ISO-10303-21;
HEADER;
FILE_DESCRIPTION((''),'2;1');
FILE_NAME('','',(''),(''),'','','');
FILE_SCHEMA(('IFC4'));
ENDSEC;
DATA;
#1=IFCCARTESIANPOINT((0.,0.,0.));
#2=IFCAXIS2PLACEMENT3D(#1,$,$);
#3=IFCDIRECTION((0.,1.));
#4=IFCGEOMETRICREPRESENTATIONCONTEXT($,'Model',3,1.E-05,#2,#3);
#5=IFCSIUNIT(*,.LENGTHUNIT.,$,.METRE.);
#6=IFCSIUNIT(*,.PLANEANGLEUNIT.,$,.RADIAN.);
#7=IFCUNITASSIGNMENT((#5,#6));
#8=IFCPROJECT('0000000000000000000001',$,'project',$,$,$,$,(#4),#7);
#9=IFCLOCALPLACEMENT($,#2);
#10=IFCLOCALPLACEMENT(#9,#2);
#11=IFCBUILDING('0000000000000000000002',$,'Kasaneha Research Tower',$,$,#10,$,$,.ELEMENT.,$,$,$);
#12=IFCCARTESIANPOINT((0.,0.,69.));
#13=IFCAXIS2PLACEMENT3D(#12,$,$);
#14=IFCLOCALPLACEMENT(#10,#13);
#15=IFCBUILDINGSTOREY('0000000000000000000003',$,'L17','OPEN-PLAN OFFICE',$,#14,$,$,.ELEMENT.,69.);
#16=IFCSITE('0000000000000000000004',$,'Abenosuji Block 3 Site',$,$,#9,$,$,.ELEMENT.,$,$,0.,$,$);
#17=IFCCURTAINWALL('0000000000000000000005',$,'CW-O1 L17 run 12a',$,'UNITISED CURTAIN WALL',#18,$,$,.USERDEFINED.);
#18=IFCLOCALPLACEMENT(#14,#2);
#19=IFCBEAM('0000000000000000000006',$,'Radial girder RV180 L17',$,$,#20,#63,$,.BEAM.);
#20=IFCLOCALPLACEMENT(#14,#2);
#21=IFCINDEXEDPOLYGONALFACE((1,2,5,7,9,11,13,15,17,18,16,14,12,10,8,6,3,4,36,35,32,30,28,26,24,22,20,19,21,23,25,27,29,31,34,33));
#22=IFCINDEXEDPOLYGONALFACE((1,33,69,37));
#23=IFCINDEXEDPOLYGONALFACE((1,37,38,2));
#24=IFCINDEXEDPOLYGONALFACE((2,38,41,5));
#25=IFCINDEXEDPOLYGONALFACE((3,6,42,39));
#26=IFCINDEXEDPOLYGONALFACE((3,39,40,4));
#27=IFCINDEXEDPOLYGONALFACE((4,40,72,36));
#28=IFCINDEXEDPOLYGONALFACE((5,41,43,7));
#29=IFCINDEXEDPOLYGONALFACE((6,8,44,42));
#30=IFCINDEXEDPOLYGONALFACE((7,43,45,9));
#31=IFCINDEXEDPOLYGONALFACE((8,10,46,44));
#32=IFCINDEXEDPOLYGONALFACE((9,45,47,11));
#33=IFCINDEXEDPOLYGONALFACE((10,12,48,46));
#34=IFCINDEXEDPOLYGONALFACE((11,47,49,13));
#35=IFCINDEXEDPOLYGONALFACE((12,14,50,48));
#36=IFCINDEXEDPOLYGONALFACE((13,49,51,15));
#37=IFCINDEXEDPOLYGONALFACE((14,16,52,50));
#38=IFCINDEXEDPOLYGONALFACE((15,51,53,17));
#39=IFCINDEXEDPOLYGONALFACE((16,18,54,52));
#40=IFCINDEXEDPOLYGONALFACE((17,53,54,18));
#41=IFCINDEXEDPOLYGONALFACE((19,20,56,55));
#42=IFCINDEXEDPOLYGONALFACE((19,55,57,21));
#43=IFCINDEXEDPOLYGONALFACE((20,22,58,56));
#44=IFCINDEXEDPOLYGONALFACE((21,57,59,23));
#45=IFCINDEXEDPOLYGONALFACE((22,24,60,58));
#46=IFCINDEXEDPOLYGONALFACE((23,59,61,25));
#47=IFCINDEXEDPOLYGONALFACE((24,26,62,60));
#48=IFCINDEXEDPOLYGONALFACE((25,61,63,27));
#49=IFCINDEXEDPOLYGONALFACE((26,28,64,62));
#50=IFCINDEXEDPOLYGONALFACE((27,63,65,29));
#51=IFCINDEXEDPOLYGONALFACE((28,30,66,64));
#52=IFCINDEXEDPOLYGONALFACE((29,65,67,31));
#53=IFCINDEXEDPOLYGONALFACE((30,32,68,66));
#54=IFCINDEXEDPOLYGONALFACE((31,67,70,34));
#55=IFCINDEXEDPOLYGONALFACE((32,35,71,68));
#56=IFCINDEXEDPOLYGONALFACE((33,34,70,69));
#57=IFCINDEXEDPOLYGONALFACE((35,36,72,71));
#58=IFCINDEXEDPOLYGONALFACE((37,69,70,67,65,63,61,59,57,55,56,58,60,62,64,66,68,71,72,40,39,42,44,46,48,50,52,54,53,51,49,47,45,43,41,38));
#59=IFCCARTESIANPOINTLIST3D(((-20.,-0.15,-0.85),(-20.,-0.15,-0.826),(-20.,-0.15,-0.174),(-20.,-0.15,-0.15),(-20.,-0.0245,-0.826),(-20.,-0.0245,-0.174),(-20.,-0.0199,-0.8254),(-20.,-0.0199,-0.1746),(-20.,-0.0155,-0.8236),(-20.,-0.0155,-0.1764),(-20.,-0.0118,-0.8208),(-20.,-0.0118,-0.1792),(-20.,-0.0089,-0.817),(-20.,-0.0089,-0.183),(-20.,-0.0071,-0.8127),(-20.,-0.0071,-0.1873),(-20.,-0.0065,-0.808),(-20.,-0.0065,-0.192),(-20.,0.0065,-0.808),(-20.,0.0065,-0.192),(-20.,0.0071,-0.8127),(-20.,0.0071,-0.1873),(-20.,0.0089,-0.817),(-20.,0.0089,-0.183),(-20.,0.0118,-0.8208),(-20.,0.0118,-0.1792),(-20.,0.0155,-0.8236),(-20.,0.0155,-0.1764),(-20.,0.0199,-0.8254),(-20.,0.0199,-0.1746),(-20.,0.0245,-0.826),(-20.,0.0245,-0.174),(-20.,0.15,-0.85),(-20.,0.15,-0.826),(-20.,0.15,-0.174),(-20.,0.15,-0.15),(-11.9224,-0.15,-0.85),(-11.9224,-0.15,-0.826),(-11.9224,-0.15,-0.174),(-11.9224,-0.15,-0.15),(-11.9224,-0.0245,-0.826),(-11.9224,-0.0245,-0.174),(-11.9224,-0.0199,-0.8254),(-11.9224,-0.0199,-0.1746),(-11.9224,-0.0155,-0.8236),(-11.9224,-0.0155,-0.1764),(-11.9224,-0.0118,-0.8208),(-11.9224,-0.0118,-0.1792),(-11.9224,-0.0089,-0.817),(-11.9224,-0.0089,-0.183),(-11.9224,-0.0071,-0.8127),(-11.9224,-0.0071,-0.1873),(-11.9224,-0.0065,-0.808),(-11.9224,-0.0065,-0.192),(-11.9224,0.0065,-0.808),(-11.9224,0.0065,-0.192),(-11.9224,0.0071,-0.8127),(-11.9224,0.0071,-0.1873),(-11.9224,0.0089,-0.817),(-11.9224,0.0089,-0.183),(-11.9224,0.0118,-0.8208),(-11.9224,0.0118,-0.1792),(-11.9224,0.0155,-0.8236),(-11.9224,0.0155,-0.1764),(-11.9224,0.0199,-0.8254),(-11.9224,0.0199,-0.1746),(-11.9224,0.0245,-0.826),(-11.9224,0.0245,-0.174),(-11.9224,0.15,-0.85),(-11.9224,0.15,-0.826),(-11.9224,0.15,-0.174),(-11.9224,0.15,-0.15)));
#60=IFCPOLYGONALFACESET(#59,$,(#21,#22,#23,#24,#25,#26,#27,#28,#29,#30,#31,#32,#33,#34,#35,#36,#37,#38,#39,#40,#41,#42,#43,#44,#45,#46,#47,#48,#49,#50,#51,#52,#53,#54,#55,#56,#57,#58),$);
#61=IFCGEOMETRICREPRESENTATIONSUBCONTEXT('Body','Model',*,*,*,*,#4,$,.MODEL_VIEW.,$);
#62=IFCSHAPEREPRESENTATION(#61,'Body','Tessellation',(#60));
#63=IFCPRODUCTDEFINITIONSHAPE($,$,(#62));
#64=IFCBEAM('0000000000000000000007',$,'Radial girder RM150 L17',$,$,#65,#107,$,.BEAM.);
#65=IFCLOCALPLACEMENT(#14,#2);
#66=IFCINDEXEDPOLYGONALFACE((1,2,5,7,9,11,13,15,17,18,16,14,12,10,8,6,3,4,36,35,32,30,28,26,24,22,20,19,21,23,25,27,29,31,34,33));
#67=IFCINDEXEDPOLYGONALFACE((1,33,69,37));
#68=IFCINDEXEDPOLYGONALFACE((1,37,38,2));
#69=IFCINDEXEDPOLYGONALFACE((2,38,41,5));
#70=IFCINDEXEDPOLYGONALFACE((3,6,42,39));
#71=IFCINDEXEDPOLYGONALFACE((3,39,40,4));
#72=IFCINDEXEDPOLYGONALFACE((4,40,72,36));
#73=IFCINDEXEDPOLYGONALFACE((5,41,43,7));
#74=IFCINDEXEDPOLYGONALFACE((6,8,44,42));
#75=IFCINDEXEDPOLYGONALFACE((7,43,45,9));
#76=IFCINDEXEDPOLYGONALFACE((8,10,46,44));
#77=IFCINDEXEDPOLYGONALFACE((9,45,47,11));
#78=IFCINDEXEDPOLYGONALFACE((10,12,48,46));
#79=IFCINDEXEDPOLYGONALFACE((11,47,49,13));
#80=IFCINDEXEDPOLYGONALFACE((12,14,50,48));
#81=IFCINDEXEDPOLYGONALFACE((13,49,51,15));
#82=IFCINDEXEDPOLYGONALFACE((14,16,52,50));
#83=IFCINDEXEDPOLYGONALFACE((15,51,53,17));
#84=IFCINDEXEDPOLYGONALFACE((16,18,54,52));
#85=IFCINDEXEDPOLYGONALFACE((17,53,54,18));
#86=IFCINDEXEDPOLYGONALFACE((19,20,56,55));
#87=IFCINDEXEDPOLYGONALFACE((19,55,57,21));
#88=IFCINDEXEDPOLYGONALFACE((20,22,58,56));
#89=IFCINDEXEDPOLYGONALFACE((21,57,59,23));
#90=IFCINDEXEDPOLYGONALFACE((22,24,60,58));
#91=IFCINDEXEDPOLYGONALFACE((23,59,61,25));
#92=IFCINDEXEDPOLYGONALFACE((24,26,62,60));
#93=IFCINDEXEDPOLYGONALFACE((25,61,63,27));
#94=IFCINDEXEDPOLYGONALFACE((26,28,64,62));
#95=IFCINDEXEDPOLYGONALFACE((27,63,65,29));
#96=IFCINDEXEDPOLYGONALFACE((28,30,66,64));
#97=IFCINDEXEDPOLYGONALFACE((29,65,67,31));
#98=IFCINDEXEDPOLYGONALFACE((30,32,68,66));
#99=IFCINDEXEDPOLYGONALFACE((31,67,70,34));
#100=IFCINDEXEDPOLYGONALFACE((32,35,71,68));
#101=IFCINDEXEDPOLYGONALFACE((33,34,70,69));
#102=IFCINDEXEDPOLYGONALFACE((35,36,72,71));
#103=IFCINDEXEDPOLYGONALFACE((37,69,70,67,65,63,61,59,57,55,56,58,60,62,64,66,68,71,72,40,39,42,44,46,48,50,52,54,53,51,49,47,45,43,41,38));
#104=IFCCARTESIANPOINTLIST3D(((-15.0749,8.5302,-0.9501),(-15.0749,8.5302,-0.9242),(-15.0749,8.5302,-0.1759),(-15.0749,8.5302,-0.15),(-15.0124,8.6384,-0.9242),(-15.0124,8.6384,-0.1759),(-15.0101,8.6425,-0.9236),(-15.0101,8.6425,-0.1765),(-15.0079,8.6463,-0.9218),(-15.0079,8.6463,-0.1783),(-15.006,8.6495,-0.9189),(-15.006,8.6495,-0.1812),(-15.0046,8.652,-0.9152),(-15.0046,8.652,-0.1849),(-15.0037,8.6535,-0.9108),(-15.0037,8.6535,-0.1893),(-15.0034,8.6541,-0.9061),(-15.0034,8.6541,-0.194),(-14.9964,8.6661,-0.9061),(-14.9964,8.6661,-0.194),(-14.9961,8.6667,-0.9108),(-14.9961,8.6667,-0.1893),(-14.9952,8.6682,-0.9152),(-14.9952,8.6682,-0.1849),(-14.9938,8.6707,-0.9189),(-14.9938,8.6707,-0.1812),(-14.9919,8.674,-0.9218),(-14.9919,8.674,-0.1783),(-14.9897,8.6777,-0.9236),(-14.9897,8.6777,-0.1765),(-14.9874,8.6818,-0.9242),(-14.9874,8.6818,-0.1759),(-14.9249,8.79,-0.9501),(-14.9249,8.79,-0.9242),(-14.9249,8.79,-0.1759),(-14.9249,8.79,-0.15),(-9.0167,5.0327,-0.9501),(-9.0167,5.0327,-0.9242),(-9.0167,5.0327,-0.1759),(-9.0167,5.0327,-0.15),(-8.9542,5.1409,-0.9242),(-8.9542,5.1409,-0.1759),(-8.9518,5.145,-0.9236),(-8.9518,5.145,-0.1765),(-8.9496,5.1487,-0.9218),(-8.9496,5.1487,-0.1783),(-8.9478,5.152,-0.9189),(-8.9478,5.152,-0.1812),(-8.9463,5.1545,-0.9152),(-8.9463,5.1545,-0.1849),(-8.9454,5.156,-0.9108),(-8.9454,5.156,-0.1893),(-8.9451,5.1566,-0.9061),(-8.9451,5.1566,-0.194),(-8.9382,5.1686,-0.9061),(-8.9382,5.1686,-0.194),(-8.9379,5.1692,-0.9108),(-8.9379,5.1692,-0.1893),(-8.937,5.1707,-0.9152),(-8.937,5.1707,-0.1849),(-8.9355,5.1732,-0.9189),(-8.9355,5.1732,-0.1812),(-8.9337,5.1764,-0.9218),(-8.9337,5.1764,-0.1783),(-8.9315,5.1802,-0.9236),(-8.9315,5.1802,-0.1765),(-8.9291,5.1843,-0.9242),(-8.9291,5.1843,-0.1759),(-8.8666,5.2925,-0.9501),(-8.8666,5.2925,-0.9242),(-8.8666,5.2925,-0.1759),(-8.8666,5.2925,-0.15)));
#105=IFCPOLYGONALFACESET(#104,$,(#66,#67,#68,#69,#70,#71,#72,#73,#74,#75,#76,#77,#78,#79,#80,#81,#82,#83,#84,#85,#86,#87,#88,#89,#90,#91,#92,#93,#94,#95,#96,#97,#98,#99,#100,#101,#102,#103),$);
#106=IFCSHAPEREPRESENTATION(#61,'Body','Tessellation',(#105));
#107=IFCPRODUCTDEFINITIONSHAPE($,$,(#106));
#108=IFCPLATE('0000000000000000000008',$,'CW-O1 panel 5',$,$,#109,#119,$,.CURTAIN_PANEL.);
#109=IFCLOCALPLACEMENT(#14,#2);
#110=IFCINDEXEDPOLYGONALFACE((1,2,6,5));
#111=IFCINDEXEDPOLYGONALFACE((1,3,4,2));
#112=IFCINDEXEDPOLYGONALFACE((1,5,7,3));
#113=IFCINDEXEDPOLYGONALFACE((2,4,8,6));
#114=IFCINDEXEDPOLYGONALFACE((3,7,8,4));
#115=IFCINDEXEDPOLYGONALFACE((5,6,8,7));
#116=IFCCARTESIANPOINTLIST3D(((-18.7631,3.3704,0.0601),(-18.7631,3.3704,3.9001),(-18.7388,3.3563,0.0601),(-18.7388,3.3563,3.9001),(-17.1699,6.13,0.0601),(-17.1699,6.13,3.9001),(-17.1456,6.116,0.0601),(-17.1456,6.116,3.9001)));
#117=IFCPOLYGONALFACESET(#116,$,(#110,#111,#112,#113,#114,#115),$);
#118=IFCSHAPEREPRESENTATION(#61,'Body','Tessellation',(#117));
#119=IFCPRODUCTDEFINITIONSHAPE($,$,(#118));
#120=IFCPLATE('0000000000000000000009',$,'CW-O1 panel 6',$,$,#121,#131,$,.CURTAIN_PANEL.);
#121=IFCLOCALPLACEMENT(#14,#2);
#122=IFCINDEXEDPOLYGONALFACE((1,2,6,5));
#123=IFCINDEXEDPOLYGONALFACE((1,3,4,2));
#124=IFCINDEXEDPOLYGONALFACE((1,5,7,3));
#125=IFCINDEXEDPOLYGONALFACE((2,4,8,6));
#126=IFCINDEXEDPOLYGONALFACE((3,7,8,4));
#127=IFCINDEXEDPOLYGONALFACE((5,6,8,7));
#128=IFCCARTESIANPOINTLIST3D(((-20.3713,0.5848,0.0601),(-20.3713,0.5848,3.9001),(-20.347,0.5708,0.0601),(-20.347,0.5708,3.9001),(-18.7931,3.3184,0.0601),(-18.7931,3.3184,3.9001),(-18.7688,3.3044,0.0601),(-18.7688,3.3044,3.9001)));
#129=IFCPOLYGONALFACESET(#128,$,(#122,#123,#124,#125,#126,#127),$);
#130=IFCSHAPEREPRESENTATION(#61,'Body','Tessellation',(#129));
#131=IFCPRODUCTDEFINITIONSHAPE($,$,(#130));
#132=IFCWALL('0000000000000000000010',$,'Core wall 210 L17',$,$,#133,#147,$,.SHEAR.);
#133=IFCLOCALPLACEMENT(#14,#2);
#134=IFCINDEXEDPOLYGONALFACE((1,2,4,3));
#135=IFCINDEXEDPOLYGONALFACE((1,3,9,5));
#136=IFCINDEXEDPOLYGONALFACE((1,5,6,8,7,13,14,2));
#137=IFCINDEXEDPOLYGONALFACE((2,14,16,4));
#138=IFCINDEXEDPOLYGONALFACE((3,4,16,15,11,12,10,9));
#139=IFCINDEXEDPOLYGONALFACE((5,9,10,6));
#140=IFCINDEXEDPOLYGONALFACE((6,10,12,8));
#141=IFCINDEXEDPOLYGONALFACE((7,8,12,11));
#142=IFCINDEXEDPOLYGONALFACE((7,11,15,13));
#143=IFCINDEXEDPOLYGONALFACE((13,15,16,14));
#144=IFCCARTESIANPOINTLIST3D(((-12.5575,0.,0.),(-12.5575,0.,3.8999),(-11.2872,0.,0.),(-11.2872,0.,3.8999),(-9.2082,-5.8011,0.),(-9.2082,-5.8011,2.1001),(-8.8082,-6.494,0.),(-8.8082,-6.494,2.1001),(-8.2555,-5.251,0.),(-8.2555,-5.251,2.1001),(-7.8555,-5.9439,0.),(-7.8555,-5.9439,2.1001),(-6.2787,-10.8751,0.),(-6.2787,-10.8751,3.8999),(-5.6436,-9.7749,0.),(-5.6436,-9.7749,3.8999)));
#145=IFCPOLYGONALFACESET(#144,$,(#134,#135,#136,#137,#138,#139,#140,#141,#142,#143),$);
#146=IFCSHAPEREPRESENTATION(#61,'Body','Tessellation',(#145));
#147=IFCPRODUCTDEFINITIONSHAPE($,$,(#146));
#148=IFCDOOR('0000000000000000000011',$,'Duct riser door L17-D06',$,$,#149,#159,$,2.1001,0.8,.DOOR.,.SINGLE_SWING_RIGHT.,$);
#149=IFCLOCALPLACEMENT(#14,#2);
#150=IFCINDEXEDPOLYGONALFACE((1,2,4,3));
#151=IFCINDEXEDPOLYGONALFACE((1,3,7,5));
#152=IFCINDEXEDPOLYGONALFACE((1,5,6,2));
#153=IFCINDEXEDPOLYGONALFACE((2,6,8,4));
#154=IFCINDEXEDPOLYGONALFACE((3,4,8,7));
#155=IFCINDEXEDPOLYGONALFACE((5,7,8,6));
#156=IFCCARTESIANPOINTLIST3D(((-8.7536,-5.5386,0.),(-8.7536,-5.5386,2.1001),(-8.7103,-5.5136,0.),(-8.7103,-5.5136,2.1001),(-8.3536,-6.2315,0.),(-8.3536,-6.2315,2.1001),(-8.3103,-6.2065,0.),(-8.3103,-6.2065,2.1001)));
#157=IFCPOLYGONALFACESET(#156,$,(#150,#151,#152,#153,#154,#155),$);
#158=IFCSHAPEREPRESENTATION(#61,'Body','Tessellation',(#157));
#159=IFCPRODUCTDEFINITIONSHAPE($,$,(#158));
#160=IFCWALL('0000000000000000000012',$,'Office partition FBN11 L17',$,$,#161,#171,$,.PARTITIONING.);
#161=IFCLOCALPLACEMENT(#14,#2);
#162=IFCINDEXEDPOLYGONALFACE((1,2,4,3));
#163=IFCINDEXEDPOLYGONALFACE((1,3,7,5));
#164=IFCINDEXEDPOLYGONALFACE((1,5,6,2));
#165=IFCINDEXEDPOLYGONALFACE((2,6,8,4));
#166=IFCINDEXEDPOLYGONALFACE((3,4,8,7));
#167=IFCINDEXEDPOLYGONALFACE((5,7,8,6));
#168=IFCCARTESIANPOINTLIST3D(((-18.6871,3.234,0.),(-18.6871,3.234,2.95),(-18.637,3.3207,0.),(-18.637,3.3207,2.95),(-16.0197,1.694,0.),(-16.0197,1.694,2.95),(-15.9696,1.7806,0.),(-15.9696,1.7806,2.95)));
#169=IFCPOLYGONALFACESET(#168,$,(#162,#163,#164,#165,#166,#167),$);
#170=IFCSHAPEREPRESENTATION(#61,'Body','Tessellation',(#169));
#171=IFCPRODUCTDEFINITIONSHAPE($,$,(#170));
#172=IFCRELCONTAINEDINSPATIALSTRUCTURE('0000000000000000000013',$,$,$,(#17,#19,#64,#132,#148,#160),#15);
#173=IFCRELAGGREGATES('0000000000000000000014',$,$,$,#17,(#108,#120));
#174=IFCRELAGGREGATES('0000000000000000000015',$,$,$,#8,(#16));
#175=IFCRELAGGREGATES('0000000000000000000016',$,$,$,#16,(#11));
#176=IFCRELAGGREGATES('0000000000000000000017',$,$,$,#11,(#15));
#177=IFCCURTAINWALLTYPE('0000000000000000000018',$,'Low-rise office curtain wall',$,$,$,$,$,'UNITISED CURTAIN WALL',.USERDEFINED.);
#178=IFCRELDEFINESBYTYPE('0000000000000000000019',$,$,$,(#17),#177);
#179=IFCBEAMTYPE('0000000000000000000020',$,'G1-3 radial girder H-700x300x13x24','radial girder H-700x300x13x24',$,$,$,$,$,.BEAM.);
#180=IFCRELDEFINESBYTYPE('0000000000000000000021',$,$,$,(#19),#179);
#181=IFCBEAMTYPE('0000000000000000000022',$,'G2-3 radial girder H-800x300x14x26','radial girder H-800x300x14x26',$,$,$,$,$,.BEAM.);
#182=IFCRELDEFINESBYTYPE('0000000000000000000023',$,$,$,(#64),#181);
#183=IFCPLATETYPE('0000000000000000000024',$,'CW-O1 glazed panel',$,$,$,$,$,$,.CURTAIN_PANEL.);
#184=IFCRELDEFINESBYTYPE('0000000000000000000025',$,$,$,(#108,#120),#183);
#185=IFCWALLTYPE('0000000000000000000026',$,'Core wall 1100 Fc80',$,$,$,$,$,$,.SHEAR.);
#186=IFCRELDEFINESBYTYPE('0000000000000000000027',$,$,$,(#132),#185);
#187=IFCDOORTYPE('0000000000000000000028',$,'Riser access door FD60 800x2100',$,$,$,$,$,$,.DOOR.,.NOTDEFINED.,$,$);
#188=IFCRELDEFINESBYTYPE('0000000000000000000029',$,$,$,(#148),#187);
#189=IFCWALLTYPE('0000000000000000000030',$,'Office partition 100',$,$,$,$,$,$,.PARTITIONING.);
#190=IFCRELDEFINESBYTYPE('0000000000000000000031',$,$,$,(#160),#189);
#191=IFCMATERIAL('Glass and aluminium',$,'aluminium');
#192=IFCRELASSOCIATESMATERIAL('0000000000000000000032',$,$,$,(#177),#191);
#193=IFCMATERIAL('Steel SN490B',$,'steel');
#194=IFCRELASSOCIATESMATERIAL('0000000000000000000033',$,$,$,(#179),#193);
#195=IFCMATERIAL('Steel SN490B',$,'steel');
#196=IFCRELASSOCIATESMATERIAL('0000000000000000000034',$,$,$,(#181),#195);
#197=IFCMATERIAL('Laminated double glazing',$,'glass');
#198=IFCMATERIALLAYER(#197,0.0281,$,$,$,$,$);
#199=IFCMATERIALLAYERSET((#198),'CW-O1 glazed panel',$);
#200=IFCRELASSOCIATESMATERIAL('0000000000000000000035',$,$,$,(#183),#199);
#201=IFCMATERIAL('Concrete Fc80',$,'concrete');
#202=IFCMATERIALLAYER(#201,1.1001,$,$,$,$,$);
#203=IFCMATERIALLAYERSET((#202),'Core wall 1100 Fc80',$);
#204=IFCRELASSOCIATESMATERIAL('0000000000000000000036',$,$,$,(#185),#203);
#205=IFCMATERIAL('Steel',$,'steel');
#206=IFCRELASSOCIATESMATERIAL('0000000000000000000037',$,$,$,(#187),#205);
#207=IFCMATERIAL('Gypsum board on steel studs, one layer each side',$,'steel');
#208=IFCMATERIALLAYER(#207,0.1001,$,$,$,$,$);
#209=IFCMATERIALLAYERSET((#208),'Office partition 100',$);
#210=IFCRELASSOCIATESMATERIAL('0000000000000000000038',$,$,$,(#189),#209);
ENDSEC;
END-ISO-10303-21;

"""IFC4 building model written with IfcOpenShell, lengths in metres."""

from ifc_helpers import new_model, si_unit, direction, frame, frame_2d, origin, origin_2d, place, context, subcontext, project, spatial, polyline, rectangle, i_section, outline, extrude, material, layer, layer_set, material_profile, profile_set, type_object, element, fill, aggregate, save


model = new_model("IFC4")

# Units and contexts
model_context = context("Model", 3, precision=1e-05, world=origin(), true_north=direction((0.0, 1.0)))
body_context = subcontext(model_context, "Body", "Model", "MODEL_VIEW")
ifc_project = project(units=[si_unit("LENGTHUNIT", "METRE"), si_unit("PLANEANGLEUNIT", "RADIAN")], contexts=[model_context])

# Site, building, storey
site_placement = place(None, origin())
site = spatial("IfcSite", under=ifc_project, at=site_placement, Name="Abenosuji Block 3 Site", CompositionType="ELEMENT", RefElevation=0.0)
building_placement = place(site_placement, origin())
building = spatial("IfcBuilding", under=site, at=building_placement, Name="Kasaneha Research Tower", CompositionType="ELEMENT")
storey_placement = place(building_placement, frame((0.0, 0.0, 69.0)))
storey = spatial("IfcBuildingStorey", under=building, at=storey_placement, Name="L17", Description="OPEN-PLAN OFFICE", CompositionType="ELEMENT", Elevation=69.0)

# Curtain wall
ifc_material_1 = material(Name="Glass and aluminium", Category="aluminium")
curtain_wall_type = type_object("IfcCurtainWallType", Name="Low-rise office curtain wall", ElementType="UNITISED CURTAIN WALL", PredefinedType="USERDEFINED", material=ifc_material_1)
curtain_wall_1_placement = place(storey_placement, origin())
curtain_wall_1 = element("IfcCurtainWall", 1, at=curtain_wall_1_placement, inside=storey, type_object=curtain_wall_type, Name="CW-O1 L17 run 12a", ObjectType="UNITISED CURTAIN WALL", PredefinedType="USERDEFINED")

# Beams
ifc_material_2 = material(Name="Steel SN490B", Category="steel")
ifc_material_profile_1 = material_profile(ifc_material_2, i_section(OverallWidth=0.3, OverallDepth=0.7, WebThickness=0.0129, FlangeThickness=0.0239, FilletRadius=0.0181, at=origin_2d()), Name="H-700x300x13x24")
ifc_profile_set_1 = profile_set([ifc_material_profile_1], Name="Steel SN490B")
beam_type_1 = type_object("IfcBeamType", Name="G1-3 radial girder H-700x300x13x24", Description="radial girder H-700x300x13x24", PredefinedType="BEAM", material=ifc_profile_set_1)
beam_1_placement = place(storey_placement, frame((-11.9224, 0.0, -0.5), z_axis=(-1.0, 0.0, 0.0), x_axis=(0.0, -1.0, 0.0)))
element("IfcBeam", 2, at=beam_1_placement, inside=storey, type_object=beam_type_1, Name="Radial girder RV180 L17", PredefinedType="BEAM", context=body_context, shape_type="SweptSolid", body=[
    extrude(i_section(OverallWidth=0.3, OverallDepth=0.7, WebThickness=0.0129, FlangeThickness=0.0239, FilletRadius=0.0181, at=origin_2d()), origin(), (0.0, 0.0, 1.0), 8.0776),
])
ifc_material_3 = material(Name="Steel SN490B", Category="steel")
ifc_material_profile_2 = material_profile(ifc_material_3, i_section(OverallWidth=0.3, OverallDepth=0.8, WebThickness=0.0139, FlangeThickness=0.0259, FilletRadius=0.0181, at=origin_2d()), Name="H-800x300x14x26")
ifc_profile_set_2 = profile_set([ifc_material_profile_2], Name="Steel SN490B")
beam_type_2 = type_object("IfcBeamType", Name="G2-3 radial girder H-800x300x14x26", Description="radial girder H-800x300x14x26", PredefinedType="BEAM", material=ifc_profile_set_2)
beam_2_placement = place(storey_placement, frame((-8.9417, 5.1626, -0.55), z_axis=(-0.86604, 0.499975, 0.0), x_axis=(-0.499975, -0.86604, 0.0)))
element("IfcBeam", 3, at=beam_2_placement, inside=storey, type_object=beam_type_2, Name="Radial girder RM150 L17", PredefinedType="BEAM", context=body_context, shape_type="SweptSolid", body=[
    extrude(i_section(OverallWidth=0.3, OverallDepth=0.8, WebThickness=0.0139, FlangeThickness=0.0259, FilletRadius=0.0181, at=origin_2d()), origin(), (0.0, 0.0, 1.0), 6.9954),
])

# Plates
ifc_material_4 = material(Name="Laminated double glazing", Category="glass")
ifc_layer_1 = layer(ifc_material_4, 0.0281)
ifc_layer_set_1 = layer_set([ifc_layer_1], Name="CW-O1 glazed panel")
plate_type = type_object("IfcPlateType", Name="CW-O1 glazed panel", PredefinedType="CURTAIN_PANEL", material=ifc_layer_set_1)
plate_1_placement = place(storey_placement, frame((-17.9543, 4.7432, 0.0601), z_axis=(0.0, 0.0, 1.0), x_axis=(-0.5, -0.866025, 0.0)))
plate_1 = element("IfcPlate", 4, at=plate_1_placement, type_object=plate_type, Name="CW-O1 panel 5", PredefinedType="CURTAIN_PANEL", context=body_context, shape_type="SweptSolid", body=[
    extrude(rectangle(XDim=3.1865, YDim=0.0281, at=origin_2d()), origin(), (0.0, 0.0, 1.0), 3.8401),
])
plate_2_placement = place(storey_placement, frame((-19.5701, 1.9446, 0.0601), z_axis=(0.0, 0.0, 1.0), x_axis=(-0.5, -0.866025, 0.0)))
plate_2 = element("IfcPlate", 5, at=plate_2_placement, type_object=plate_type, Name="CW-O1 panel 6", PredefinedType="CURTAIN_PANEL", context=body_context, shape_type="SweptSolid", body=[
    extrude(rectangle(XDim=3.1565, YDim=0.0281, at=origin_2d()), origin(), (0.0, 0.0, 1.0), 3.8401),
])
aggregate(curtain_wall_1, [plate_1, plate_2])

# Wall, opening, door
ifc_material_5 = material(Name="Concrete Fc80", Category="concrete")
ifc_layer_2 = layer(ifc_material_5, 1.1001)
ifc_layer_set_2 = layer_set([ifc_layer_2], Name="Core wall 1100 Fc80")
wall_type_1 = type_object("IfcWallType", Name="Core wall 1100 Fc80", PredefinedType="SHEAR", material=ifc_layer_set_2)
wall_1_placement = place(storey_placement, frame((-11.9224, 0.0, 0.0), z_axis=(0.0, 0.0, 1.0), x_axis=(0.500004, -0.866023, 0.0)))
wall_1 = element("IfcWall", 6, at=wall_1_placement, inside=storey, type_object=wall_type_1, Name="Core wall 210 L17", PredefinedType="SHEAR", context=body_context, shape_type="SweptSolid", body=[
    extrude(outline(polyline([(-0.3176, -0.55), (6.3811, -0.55), (7.1812, -0.55), (12.24, -0.55), (11.6047, 0.55), (7.1812, 0.55), (6.3811, 0.55), (0.3176, 0.55), (-0.3176, -0.55)])), origin(), (0.0, 0.0, 1.0), 3.8999),
])
opening_1_placement = place(wall_1_placement, frame((6.3811, 0.0, 0.0)))
opening_1 = element("IfcOpeningElement", 7, at=opening_1_placement, cuts=wall_1, PredefinedType="OPENING", context=body_context, shape_type="SweptSolid", body=[
    extrude(rectangle(XDim=0.8, YDim=2.1001, at=frame_2d((0.3999, 1.05))), frame((0.0, 0.5601, 0.0), z_axis=(0.0, -1.0, 0.0), x_axis=(1.0, 0.0, 0.0)), (0.0, 0.0, 1.0), 1.1201),
])
ifc_material_6 = material(Name="Steel", Category="steel")
door_type_1 = type_object("IfcDoorType", Name="Riser access door FD60 800x2100", OperationType="NOTDEFINED", PredefinedType="DOOR", material=ifc_material_6)
door_1_placement = place(opening_1_placement, origin())
door_1 = element("IfcDoor", 8, at=door_1_placement, inside=storey, type_object=door_type_1, Name="Duct riser door L17-D06", OperationType="SINGLE_SWING_RIGHT", OverallHeight=2.1001, OverallWidth=0.8, PredefinedType="DOOR", context=body_context, shape_type="SweptSolid", body=[
    extrude(rectangle(XDim=0.8, YDim=2.1001, at=frame_2d((0.3999, 1.05))), frame((0.0, 0.0249, 0.0), z_axis=(0.0, -1.0, 0.0), x_axis=(1.0, 0.0, 0.0)), (0.0, 0.0, 1.0), 0.05),
])
fill(opening_1, door_1)

# Wall
ifc_material_7 = material(Name="Gypsum board on steel studs, one layer each side", Category="steel")
ifc_layer_3 = layer(ifc_material_7, 0.1001)
ifc_layer_set_3 = layer_set([ifc_layer_3], Name="Office partition 100")
wall_type_2 = type_object("IfcWallType", Name="Office partition 100", PredefinedType="PARTITIONING", material=ifc_layer_set_3)
wall_2_placement = place(storey_placement, frame((-15.9946, 1.7373, 0.0), z_axis=(0.0, 0.0, 1.0), x_axis=(-0.86603, 0.499992, 0.0)))
element("IfcWall", 9, at=wall_2_placement, inside=storey, type_object=wall_type_2, Name="Office partition FBN11 L17", PredefinedType="PARTITIONING", context=body_context, shape_type="SweptSolid", body=[
    extrude(rectangle(XDim=3.0801, YDim=0.1001, at=frame_2d((1.54, 0.0))), origin(), (0.0, 0.0, 1.0), 2.95),
])

save(model, "model.ifc")
